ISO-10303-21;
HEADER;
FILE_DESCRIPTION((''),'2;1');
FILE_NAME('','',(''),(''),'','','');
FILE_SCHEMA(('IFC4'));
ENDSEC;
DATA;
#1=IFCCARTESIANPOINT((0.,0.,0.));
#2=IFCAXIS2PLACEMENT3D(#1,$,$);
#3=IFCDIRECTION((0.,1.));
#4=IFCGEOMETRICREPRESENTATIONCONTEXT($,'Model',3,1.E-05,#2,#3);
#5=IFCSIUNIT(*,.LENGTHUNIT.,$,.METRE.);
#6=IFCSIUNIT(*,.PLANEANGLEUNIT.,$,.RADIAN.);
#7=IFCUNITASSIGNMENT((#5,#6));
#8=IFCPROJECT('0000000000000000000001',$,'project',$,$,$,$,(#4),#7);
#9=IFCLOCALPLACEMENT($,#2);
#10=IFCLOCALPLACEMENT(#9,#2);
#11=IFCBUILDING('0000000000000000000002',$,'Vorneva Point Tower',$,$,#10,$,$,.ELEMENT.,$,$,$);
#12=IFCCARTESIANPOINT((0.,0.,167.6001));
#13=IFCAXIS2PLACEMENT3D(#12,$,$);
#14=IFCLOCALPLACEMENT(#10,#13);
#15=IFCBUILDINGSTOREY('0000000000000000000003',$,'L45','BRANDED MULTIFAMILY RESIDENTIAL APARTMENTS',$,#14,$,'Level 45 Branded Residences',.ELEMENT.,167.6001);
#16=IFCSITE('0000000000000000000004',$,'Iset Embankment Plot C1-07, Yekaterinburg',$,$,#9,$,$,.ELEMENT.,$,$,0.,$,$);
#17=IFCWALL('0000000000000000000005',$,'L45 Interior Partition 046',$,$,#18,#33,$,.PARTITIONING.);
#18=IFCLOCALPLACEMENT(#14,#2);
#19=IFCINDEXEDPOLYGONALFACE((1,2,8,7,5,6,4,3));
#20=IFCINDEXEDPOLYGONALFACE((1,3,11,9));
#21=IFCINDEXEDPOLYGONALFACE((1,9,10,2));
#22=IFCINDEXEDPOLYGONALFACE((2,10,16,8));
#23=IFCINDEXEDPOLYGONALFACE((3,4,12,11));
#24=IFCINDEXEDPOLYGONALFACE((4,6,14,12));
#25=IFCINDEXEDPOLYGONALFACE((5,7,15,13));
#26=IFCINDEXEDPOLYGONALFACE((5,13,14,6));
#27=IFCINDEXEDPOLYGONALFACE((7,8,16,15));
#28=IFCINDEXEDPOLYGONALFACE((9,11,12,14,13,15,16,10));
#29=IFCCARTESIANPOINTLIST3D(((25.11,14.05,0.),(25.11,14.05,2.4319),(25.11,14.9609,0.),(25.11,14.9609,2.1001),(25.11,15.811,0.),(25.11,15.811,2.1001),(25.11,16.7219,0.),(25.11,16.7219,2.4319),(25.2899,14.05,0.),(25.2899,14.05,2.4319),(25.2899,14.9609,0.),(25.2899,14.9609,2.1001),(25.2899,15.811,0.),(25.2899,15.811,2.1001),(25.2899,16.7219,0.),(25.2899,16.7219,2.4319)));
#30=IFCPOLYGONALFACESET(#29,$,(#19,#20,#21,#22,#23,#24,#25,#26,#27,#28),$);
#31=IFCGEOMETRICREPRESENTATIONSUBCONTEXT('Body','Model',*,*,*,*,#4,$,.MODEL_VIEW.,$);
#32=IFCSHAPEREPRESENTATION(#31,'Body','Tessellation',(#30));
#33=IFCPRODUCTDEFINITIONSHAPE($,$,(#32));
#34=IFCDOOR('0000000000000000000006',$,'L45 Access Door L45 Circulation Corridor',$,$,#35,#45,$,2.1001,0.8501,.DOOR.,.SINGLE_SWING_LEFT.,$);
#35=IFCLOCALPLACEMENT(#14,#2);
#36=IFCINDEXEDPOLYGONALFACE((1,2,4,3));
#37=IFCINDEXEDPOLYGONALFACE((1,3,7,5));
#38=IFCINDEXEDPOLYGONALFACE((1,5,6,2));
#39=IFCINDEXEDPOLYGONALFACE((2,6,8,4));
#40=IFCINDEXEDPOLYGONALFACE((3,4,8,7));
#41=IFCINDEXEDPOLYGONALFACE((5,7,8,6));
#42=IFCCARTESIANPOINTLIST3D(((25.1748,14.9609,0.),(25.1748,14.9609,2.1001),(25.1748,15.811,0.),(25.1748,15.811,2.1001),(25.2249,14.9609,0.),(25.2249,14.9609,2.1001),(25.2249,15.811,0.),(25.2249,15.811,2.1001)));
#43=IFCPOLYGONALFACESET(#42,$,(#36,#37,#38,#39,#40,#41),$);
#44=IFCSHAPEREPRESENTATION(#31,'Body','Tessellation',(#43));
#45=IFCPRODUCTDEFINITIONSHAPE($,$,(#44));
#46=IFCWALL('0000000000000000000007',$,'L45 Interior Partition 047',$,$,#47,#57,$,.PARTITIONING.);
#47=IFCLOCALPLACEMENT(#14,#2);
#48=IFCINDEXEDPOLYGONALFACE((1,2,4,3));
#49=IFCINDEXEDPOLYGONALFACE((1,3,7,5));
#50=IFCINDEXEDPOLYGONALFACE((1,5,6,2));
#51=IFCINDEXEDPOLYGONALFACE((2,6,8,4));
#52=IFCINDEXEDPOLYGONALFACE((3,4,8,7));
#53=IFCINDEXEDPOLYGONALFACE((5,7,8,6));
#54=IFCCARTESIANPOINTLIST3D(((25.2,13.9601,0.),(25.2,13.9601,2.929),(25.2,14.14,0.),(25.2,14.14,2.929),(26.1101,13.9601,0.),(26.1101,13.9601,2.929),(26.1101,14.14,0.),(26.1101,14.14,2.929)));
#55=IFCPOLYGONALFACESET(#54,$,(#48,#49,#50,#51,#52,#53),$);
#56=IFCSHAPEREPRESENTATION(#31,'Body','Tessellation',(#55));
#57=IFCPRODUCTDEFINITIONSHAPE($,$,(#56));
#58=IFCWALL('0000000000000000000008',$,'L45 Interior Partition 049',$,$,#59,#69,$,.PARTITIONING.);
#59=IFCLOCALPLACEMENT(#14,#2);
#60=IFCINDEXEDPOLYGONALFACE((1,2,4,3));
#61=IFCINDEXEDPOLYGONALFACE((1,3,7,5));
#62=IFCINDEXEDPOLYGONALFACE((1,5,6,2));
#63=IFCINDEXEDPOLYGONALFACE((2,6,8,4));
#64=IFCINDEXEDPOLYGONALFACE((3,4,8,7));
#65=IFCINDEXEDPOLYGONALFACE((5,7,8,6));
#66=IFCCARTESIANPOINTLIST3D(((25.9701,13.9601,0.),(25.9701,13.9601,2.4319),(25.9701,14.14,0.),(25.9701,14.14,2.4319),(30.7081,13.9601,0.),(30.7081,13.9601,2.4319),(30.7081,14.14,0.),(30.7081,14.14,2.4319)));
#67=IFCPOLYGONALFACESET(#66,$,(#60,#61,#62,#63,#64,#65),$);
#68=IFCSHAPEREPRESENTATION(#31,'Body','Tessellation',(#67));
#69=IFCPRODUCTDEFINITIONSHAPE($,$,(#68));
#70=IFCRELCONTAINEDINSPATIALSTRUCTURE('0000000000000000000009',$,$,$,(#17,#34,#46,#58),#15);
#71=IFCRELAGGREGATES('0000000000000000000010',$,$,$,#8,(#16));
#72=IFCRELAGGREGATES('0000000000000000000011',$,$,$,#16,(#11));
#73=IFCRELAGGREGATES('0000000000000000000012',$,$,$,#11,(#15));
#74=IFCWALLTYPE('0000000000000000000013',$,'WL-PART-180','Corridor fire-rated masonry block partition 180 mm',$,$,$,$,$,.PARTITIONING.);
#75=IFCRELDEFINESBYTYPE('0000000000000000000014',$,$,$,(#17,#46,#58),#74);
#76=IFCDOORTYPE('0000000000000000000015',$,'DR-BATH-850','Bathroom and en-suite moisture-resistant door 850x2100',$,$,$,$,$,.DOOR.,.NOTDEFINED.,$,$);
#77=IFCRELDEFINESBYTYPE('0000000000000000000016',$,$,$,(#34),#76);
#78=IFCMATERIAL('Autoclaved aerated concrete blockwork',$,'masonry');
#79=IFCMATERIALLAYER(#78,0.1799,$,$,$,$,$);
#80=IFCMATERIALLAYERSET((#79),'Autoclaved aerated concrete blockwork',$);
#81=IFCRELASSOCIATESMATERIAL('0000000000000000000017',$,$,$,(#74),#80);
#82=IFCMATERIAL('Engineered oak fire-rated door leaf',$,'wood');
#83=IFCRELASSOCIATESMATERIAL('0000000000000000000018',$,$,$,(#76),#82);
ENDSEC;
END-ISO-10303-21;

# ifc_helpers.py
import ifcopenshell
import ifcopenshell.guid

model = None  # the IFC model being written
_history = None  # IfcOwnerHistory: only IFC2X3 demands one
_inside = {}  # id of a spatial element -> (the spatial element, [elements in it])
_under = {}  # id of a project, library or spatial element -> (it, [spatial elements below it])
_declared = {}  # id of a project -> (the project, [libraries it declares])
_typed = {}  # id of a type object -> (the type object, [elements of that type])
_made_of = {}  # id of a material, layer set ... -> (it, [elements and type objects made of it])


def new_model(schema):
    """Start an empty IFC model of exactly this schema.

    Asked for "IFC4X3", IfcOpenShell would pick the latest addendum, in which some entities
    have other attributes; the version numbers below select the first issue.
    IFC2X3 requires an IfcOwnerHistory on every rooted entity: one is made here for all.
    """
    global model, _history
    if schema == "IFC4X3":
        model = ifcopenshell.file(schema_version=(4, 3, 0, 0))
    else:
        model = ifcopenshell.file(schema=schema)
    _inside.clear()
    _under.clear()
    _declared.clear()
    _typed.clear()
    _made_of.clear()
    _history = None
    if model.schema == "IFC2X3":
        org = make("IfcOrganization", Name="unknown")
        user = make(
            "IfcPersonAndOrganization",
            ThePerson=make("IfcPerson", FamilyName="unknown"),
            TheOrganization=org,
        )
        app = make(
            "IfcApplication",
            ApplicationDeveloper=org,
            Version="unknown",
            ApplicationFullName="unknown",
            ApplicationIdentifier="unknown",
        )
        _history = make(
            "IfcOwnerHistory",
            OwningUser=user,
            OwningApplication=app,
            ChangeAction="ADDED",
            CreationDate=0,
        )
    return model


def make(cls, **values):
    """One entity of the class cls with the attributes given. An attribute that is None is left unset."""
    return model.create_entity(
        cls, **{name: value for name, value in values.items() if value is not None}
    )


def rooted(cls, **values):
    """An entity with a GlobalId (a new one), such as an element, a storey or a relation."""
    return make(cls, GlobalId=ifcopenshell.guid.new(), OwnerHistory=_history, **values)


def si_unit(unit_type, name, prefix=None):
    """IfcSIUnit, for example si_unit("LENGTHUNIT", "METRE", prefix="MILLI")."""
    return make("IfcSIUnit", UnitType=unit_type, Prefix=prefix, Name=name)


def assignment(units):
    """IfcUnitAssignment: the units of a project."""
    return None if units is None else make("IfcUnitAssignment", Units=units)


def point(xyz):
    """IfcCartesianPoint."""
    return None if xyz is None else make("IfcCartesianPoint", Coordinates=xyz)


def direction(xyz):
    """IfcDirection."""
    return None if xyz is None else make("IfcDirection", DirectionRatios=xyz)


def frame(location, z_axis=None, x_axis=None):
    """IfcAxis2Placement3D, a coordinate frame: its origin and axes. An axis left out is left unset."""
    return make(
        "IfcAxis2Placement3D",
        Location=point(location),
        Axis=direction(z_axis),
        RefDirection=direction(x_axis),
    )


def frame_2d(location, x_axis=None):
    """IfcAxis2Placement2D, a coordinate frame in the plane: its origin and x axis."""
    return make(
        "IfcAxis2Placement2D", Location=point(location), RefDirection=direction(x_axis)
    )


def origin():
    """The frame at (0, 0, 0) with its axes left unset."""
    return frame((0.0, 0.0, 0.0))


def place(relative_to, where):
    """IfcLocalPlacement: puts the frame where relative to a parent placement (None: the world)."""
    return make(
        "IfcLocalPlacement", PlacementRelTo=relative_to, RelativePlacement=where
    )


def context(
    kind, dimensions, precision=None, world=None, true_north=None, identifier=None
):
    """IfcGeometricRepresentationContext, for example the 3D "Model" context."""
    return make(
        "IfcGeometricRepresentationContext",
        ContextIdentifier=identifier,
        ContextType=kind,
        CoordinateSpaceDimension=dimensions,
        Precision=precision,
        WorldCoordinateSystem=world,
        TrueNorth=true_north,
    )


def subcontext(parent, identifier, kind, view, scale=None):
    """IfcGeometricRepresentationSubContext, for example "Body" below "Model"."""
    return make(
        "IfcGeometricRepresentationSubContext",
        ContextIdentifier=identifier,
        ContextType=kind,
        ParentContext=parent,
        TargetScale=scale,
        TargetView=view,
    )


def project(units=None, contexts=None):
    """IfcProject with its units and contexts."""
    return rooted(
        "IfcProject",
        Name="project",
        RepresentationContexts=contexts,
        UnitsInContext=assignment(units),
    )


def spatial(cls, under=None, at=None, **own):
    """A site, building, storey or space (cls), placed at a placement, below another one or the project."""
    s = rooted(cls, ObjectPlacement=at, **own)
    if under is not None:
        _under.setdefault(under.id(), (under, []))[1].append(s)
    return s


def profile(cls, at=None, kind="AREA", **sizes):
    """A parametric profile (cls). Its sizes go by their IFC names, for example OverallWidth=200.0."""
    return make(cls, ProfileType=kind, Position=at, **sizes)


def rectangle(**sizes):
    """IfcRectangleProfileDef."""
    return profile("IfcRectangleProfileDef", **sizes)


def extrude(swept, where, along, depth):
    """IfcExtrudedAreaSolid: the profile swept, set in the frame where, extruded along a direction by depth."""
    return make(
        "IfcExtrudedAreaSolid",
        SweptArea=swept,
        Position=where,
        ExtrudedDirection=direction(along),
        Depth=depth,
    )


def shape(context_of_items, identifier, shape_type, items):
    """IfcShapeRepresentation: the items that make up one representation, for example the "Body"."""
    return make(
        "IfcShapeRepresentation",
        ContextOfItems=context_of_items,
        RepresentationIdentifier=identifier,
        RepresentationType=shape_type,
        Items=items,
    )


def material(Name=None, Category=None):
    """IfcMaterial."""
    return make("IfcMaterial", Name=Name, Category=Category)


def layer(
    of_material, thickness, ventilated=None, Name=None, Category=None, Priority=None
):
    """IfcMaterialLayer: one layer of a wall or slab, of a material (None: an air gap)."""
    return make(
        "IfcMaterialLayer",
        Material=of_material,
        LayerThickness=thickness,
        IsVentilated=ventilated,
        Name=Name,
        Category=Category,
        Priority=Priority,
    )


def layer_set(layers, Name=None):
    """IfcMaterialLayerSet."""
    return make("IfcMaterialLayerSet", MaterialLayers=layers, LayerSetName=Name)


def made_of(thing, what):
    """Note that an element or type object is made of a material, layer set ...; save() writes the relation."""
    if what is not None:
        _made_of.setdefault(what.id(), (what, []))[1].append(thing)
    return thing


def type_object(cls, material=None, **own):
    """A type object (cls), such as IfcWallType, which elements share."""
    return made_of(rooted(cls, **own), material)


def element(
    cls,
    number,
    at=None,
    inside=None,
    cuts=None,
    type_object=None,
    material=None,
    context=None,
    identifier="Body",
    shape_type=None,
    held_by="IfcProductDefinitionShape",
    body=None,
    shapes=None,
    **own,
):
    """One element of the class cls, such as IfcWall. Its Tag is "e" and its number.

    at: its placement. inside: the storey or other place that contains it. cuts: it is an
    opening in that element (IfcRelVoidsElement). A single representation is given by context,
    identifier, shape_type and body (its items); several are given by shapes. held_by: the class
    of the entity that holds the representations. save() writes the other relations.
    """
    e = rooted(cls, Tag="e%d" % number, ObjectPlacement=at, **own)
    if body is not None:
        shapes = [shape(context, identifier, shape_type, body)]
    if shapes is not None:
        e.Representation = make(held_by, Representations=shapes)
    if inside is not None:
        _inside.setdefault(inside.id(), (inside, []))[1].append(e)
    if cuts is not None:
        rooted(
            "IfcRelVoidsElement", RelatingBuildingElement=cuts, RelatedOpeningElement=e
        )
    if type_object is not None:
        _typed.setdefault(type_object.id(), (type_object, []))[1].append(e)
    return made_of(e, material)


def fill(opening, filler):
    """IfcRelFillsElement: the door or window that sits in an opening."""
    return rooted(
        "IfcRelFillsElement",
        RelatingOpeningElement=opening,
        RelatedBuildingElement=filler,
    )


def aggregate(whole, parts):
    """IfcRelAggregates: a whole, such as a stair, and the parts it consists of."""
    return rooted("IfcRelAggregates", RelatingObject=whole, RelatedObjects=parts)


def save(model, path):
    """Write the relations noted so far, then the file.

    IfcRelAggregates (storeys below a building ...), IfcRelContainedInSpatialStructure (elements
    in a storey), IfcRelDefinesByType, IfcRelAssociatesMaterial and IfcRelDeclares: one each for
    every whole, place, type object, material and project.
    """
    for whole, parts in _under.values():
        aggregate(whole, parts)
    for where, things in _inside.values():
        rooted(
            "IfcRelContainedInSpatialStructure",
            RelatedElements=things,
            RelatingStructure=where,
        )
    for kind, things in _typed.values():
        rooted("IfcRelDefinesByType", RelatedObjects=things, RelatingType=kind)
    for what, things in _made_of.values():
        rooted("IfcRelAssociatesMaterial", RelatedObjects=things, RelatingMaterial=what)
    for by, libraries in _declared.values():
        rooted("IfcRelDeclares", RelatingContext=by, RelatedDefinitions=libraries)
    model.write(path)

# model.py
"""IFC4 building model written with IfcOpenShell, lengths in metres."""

from ifc_helpers import new_model, si_unit, direction, frame, frame_2d, origin, place, context, subcontext, project, spatial, rectangle, extrude, material, layer, layer_set, type_object, element, fill, save


model = new_model("IFC4")

# Units and contexts
model_context = context("Model", 3, precision=1e-05, world=origin(), true_north=direction((0.0, 1.0)))
body_context = subcontext(model_context, "Body", "Model", "MODEL_VIEW")
ifc_project = project(units=[si_unit("LENGTHUNIT", "METRE"), si_unit("PLANEANGLEUNIT", "RADIAN")], contexts=[model_context])

# Site, building, storey
site_placement = place(None, origin())
site = spatial("IfcSite", under=ifc_project, at=site_placement, Name="Iset Embankment Plot C1-07, Yekaterinburg", CompositionType="ELEMENT", RefElevation=0.0)
building_placement = place(site_placement, origin())
building = spatial("IfcBuilding", under=site, at=building_placement, Name="Vorneva Point Tower", CompositionType="ELEMENT")
storey_placement = place(building_placement, frame((0.0, 0.0, 167.6001)))
storey = spatial("IfcBuildingStorey", under=building, at=storey_placement, Name="L45", Description="BRANDED MULTIFAMILY RESIDENTIAL APARTMENTS", LongName="Level 45 Branded Residences", CompositionType="ELEMENT", Elevation=167.6001)

# Shared definitions
ifc_material_1 = material(Name="Autoclaved aerated concrete blockwork", Category="masonry")
ifc_layer_1 = layer(ifc_material_1, 0.1799)
ifc_layer_set_1 = layer_set([ifc_layer_1], Name="Autoclaved aerated concrete blockwork")
wall_type_1 = type_object("IfcWallType", Name="WL-PART-180", Description="Corridor fire-rated masonry block partition 180 mm", PredefinedType="PARTITIONING", material=ifc_layer_set_1)

# Wall, opening, door
ifc_material_2 = material(Name="Engineered oak fire-rated door leaf", Category="wood")
door_type = type_object("IfcDoorType", Name="DR-BATH-850", Description="Bathroom and en-suite moisture-resistant door 850x2100", OperationType="NOTDEFINED", PredefinedType="DOOR", material=ifc_material_2)
wall_1_placement = place(storey_placement, frame((25.2, 16.7219, 0.0), z_axis=(0.0, 0.0, 1.0), x_axis=(0.0, -1.0, 0.0)))
wall_1 = element("IfcWall", 1, at=wall_1_placement, inside=storey, type_object=wall_type_1, Name="L45 Interior Partition 046", PredefinedType="PARTITIONING", context=body_context, shape_type="SweptSolid", body=[
    extrude(rectangle(XDim=2.6719, YDim=0.1799, at=frame_2d((1.3359, 0.0))), origin(), (0.0, 0.0, 1.0), 2.4319),
])
opening_1_placement = place(wall_1_placement, frame((0.9109, 0.0, 0.0)))
opening_1 = element("IfcOpeningElement", 2, at=opening_1_placement, cuts=wall_1, PredefinedType="OPENING", context=body_context, shape_type="SweptSolid", body=[
    extrude(rectangle(XDim=0.8501, YDim=2.1001, at=frame_2d((0.425, 1.05))), frame((0.0, 0.105, 0.0), z_axis=(0.0, -1.0, 0.0), x_axis=(1.0, 0.0, 0.0)), (0.0, 0.0, 1.0), 0.2097),
])
door_1_placement = place(opening_1_placement, origin())
door_1 = element("IfcDoor", 3, at=door_1_placement, inside=storey, type_object=door_type, Name="L45 Access Door L45 Circulation Corridor", OperationType="SINGLE_SWING_LEFT", OverallHeight=2.1001, OverallWidth=0.8501, PredefinedType="DOOR", context=body_context, shape_type="SweptSolid", body=[
    extrude(rectangle(XDim=0.8501, YDim=2.1001, at=frame_2d((0.425, 1.05))), frame((0.0, 0.0249, 0.0), z_axis=(0.0, -1.0, 0.0), x_axis=(1.0, 0.0, 0.0)), (0.0, 0.0, 1.0), 0.05),
])
fill(opening_1, door_1)

# Walls
wall_2_placement = place(storey_placement, frame((25.2, 14.05, 0.0), z_axis=(0.0, 0.0, 1.0), x_axis=(1.0, 0.0, 0.0)))
element("IfcWall", 4, at=wall_2_placement, inside=storey, type_object=wall_type_1, Name="L45 Interior Partition 047", PredefinedType="PARTITIONING", context=body_context, shape_type="SweptSolid", body=[
    extrude(rectangle(XDim=0.9102, YDim=0.1799, at=frame_2d((0.4551, 0.0))), origin(), (0.0, 0.0, 1.0), 2.929),
])
wall_3_placement = place(storey_placement, frame((25.97, 14.05, 0.0), z_axis=(0.0, 0.0, 1.0), x_axis=(1.0, 0.0, 0.0)))
element("IfcWall", 5, at=wall_3_placement, inside=storey, type_object=wall_type_1, Name="L45 Interior Partition 049", PredefinedType="PARTITIONING", context=body_context, shape_type="SweptSolid", body=[
    extrude(rectangle(XDim=4.738, YDim=0.1799, at=frame_2d((2.3691, 0.0))), origin(), (0.0, 0.0, 1.0), 2.4319),
])

save(model, "model.ifc")
